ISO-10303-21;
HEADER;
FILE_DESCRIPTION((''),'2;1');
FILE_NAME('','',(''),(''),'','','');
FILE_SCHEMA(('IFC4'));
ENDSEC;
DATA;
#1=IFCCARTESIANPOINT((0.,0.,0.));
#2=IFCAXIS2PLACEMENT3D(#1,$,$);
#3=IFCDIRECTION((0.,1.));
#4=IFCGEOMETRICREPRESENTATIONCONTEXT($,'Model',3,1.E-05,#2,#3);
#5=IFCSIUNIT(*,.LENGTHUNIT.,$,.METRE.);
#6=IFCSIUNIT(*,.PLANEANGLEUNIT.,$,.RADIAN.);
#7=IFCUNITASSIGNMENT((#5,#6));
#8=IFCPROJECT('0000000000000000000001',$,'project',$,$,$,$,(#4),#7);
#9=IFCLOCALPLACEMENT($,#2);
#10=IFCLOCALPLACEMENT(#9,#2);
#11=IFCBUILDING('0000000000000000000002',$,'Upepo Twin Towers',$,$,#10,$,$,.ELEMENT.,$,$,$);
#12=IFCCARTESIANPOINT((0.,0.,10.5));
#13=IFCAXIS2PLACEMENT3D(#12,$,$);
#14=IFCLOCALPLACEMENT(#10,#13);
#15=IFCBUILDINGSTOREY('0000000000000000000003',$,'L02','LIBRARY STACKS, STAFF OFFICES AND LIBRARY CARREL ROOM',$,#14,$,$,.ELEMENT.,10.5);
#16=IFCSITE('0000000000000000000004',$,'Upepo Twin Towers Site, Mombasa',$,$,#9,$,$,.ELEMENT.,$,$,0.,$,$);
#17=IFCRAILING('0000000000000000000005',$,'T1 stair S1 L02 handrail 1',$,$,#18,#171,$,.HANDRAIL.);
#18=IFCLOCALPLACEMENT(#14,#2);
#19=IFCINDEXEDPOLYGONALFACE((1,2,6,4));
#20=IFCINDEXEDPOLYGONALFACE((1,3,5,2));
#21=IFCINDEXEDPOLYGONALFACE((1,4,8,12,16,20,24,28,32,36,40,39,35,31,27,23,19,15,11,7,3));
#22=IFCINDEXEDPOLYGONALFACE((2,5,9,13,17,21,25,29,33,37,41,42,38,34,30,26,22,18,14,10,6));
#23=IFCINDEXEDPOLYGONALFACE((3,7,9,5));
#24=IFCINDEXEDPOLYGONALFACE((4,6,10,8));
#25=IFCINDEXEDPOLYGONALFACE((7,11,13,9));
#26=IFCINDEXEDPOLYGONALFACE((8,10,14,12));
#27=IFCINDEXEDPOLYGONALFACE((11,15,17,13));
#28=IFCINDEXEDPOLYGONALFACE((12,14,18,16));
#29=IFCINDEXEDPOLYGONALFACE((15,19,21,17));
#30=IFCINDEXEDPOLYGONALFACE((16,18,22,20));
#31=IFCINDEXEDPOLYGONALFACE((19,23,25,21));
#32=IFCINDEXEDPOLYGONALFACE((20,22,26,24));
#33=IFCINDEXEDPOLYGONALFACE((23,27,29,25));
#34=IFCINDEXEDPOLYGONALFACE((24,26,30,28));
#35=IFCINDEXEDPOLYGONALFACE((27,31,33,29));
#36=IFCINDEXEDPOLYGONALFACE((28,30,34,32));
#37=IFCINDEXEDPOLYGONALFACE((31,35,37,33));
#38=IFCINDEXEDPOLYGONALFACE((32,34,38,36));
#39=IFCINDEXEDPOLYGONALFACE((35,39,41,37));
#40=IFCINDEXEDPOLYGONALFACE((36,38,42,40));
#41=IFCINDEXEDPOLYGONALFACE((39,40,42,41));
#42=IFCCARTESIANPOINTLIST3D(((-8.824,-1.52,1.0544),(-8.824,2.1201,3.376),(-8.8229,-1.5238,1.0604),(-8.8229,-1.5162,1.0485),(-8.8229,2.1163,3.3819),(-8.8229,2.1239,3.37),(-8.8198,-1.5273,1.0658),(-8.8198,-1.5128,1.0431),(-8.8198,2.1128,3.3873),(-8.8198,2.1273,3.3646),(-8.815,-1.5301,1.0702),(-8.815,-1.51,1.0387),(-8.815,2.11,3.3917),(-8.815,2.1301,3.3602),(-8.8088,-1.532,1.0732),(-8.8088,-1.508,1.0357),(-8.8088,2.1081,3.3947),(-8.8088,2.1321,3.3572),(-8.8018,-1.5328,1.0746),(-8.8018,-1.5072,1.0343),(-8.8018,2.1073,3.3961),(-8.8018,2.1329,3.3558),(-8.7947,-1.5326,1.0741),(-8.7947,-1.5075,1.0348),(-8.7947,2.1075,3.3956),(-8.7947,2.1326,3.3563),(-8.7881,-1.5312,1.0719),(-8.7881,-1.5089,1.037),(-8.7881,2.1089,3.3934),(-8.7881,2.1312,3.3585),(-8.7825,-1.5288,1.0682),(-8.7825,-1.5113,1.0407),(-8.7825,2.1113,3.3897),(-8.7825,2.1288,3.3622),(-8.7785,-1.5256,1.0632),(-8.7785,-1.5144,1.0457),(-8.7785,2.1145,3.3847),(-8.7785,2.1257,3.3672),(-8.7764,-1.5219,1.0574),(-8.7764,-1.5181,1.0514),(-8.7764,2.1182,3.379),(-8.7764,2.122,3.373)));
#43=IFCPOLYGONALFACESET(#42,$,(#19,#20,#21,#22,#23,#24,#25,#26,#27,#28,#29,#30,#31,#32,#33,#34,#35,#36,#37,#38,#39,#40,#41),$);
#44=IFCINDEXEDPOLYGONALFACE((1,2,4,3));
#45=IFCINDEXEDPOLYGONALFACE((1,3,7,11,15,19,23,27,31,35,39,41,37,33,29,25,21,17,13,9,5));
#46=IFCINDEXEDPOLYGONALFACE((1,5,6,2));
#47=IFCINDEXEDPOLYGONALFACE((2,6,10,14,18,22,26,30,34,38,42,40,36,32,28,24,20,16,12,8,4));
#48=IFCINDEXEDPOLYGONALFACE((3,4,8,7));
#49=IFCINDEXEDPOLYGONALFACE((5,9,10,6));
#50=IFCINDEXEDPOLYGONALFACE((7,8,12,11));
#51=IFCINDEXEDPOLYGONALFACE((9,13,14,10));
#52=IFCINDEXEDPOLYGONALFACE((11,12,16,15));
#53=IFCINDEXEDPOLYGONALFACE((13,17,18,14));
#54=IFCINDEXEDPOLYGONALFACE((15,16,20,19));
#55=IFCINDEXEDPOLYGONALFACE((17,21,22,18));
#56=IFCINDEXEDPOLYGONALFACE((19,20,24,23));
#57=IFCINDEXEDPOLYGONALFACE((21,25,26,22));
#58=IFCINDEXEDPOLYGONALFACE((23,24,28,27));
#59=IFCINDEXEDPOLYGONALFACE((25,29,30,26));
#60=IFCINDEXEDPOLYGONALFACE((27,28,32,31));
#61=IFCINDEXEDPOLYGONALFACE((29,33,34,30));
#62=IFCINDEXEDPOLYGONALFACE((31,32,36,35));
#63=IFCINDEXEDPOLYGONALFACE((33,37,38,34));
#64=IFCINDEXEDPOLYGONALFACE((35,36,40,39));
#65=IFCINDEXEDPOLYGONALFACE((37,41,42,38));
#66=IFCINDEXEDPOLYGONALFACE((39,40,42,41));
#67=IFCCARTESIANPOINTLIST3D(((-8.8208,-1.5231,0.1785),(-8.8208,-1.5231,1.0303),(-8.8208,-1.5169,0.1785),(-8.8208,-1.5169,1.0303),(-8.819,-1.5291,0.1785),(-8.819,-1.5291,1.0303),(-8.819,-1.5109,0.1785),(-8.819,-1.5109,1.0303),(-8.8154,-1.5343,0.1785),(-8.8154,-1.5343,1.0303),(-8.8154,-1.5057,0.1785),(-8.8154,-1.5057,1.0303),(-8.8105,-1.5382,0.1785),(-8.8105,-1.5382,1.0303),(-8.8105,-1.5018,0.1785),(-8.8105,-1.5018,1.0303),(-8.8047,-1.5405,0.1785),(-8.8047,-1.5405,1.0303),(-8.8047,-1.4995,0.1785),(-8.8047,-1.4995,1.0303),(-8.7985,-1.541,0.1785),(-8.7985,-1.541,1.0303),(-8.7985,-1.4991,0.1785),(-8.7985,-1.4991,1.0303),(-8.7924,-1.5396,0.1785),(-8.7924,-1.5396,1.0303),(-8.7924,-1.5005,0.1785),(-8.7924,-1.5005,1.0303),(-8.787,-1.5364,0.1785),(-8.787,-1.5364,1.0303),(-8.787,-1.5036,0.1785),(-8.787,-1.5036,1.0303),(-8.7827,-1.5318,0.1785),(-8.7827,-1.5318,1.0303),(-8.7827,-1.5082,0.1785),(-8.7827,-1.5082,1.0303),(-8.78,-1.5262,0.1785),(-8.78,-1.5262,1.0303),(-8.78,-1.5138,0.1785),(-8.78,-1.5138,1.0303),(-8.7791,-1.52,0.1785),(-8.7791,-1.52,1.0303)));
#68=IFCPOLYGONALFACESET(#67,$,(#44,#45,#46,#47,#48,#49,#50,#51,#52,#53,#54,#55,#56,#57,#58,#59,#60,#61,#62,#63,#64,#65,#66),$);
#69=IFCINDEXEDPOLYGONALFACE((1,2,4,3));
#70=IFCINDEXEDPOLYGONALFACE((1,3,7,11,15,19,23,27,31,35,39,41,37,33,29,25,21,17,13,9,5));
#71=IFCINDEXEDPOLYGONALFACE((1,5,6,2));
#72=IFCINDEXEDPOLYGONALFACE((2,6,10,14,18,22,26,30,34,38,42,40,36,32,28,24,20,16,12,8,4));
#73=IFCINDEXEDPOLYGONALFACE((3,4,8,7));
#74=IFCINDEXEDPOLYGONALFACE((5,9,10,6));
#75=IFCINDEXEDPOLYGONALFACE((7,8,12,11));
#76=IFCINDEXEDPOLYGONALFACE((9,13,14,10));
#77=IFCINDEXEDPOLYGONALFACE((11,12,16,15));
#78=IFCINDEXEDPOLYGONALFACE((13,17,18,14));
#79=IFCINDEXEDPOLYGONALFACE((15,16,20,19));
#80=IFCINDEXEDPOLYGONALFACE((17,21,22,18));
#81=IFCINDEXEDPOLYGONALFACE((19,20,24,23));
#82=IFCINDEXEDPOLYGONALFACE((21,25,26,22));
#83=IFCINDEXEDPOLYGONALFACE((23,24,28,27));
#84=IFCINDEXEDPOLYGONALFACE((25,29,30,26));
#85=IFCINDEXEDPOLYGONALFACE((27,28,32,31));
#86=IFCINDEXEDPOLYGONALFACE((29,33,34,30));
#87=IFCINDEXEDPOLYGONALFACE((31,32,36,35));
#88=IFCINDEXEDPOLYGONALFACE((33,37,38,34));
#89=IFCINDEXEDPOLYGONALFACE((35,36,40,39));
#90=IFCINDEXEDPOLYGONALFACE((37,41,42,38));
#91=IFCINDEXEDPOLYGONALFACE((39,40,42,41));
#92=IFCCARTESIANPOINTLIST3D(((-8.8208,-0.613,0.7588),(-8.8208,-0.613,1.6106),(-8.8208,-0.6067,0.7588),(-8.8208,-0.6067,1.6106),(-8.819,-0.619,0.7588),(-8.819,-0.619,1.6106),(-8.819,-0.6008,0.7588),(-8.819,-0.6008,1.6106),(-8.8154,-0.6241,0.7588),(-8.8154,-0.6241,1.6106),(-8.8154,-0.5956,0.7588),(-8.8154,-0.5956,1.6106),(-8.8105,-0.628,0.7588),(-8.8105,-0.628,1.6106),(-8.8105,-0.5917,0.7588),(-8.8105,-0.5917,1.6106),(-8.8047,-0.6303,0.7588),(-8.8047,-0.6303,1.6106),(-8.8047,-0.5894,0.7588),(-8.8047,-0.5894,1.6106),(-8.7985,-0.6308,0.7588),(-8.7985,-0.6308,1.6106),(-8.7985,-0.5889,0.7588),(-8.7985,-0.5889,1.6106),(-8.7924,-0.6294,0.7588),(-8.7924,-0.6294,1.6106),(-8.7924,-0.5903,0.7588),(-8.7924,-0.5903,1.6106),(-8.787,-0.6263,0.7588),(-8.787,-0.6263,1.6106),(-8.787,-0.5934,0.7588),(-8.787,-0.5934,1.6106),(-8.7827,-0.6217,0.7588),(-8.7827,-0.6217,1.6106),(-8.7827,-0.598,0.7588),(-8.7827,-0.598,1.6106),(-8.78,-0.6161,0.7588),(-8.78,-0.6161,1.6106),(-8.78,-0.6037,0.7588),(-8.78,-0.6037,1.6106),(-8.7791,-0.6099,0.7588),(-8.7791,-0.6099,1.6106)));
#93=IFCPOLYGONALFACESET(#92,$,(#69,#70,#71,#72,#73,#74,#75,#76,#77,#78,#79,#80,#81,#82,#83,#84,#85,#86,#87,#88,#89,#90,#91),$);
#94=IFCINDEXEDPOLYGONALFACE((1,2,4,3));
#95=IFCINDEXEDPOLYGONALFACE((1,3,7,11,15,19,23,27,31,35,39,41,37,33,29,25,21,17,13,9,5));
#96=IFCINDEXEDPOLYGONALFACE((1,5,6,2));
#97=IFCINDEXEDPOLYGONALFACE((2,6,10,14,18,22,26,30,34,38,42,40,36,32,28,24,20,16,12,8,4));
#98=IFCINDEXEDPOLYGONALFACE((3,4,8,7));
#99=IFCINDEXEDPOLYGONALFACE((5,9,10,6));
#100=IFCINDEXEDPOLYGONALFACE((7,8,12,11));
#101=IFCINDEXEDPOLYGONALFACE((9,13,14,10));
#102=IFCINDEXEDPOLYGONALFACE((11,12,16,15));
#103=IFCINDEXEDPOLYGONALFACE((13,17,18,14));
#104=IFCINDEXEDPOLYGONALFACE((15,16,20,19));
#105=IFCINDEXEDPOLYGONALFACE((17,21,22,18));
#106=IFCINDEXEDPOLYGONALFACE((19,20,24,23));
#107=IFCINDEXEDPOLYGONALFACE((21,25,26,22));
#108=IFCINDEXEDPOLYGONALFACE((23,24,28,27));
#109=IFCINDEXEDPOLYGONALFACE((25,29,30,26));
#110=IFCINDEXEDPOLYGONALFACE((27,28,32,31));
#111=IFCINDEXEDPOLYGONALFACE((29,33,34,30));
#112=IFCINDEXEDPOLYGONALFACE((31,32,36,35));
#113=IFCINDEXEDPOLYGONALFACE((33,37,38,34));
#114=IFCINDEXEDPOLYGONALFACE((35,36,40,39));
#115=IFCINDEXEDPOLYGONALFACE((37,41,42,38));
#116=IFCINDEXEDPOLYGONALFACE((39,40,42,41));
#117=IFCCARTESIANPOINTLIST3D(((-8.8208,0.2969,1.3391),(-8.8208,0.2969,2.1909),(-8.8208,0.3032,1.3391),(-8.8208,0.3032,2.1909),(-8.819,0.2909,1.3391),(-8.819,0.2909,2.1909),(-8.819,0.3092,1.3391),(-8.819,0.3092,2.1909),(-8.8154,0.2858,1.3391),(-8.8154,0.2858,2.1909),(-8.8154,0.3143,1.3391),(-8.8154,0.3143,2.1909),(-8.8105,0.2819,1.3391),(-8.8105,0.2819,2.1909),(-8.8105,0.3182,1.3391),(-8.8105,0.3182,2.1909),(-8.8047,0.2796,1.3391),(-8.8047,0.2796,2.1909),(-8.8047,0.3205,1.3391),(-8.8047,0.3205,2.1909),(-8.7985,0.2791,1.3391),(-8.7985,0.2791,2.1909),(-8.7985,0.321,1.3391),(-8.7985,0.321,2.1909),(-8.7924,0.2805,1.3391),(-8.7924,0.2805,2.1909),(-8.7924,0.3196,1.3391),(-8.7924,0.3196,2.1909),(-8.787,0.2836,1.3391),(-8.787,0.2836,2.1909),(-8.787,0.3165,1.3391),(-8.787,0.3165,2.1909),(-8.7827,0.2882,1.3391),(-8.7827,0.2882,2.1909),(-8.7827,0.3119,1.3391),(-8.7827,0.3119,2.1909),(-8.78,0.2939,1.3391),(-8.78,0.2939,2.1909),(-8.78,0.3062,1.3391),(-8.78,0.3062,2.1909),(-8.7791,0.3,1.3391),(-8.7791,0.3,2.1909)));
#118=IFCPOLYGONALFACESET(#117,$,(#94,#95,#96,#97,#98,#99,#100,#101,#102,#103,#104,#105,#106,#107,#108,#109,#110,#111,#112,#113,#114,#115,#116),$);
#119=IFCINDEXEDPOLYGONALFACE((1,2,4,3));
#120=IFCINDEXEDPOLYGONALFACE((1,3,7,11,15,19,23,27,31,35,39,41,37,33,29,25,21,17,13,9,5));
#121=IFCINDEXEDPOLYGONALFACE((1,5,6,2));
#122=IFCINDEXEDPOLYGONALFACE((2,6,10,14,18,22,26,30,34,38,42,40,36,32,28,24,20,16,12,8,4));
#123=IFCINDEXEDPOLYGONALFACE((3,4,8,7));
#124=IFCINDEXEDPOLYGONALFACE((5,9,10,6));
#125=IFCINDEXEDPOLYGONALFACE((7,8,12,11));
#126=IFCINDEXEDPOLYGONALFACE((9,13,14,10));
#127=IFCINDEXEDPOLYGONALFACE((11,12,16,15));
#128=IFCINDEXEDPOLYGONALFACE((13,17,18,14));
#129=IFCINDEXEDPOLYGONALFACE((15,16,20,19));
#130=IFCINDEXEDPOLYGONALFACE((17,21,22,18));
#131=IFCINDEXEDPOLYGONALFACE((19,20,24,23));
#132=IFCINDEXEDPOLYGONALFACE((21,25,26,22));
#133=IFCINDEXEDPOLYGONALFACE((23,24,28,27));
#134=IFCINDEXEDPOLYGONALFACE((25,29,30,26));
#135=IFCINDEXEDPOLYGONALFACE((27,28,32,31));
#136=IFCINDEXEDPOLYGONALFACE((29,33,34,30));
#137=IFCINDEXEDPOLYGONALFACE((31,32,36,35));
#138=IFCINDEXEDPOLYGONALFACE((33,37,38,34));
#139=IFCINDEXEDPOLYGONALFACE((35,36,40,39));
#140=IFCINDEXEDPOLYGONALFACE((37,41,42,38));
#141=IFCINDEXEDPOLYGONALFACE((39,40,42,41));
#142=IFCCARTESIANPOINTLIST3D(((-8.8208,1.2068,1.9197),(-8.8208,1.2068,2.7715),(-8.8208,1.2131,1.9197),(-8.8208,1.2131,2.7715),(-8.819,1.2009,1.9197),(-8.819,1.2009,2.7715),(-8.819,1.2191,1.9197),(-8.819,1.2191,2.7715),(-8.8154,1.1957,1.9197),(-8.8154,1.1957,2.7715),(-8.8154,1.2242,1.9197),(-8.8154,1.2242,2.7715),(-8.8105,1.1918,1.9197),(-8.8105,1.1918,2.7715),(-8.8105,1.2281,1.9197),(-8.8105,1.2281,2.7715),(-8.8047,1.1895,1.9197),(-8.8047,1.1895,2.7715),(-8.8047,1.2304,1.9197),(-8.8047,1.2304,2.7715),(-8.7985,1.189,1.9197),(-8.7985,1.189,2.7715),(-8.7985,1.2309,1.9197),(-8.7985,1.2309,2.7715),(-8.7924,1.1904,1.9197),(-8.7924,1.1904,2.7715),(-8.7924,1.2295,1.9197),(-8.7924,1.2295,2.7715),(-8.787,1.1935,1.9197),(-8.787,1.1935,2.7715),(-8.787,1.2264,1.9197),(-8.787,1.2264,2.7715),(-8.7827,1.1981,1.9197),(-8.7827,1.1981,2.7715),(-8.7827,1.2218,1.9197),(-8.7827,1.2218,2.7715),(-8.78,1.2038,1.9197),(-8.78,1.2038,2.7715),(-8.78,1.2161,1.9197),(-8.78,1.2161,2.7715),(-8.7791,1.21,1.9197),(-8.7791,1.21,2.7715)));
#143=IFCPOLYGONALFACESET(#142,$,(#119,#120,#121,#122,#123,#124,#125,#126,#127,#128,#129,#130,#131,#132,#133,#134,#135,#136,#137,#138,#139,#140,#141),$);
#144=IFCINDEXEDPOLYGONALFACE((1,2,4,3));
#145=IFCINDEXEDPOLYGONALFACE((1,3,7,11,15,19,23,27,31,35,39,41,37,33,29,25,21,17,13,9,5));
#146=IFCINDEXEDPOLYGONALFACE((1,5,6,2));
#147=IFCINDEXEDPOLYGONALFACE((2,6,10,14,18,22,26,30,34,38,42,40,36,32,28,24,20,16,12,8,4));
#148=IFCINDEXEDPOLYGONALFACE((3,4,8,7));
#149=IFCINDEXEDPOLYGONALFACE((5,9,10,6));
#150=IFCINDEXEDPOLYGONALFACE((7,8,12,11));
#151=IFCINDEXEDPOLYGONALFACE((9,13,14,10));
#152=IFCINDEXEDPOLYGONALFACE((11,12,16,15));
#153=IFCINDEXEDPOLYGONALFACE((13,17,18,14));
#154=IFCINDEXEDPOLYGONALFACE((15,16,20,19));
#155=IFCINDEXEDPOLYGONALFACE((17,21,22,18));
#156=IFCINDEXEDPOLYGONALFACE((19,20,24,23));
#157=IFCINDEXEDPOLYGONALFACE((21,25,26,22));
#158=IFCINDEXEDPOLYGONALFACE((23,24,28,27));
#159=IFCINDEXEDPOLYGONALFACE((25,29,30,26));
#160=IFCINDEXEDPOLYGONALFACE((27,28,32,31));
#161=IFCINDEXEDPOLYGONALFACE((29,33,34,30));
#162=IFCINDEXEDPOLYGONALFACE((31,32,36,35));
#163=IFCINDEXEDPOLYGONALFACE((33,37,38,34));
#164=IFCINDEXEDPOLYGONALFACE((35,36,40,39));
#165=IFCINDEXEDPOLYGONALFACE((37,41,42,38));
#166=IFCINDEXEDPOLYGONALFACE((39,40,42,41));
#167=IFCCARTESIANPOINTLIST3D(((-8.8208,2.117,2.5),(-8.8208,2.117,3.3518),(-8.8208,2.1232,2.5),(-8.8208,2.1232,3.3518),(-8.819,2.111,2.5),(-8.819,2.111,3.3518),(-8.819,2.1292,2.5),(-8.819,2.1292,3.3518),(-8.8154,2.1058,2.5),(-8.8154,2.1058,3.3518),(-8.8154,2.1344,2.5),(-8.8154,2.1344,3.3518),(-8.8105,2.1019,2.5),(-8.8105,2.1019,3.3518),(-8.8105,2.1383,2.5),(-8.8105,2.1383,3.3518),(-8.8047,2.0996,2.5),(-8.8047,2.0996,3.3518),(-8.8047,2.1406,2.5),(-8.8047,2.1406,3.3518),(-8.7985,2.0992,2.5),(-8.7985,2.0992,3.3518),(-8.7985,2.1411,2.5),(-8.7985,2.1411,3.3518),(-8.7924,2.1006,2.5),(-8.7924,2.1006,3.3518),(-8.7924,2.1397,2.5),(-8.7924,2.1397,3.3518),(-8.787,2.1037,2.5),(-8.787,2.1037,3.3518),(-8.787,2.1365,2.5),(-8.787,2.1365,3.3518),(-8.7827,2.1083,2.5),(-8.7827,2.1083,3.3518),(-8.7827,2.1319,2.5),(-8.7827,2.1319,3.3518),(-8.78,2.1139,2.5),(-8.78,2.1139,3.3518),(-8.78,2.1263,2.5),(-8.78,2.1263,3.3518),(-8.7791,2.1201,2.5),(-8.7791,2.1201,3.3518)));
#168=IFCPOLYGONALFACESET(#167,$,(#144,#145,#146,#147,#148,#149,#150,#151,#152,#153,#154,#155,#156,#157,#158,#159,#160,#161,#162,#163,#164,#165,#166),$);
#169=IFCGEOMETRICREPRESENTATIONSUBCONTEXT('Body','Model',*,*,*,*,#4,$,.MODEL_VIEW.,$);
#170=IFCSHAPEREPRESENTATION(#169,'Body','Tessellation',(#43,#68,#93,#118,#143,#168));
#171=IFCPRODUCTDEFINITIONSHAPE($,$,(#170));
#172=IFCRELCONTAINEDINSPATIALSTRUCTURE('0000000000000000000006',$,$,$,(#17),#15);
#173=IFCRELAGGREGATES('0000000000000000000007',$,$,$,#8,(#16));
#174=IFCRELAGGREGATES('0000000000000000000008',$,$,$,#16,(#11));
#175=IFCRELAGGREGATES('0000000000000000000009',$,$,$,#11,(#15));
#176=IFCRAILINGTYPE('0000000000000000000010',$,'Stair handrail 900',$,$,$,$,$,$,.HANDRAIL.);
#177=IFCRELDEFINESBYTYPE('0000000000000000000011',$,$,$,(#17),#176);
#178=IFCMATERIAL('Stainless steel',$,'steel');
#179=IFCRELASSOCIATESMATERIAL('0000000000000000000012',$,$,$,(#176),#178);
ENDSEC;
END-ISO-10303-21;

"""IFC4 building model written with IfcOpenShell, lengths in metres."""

from ifc_helpers import new_model, si_unit, direction, frame, origin, origin_2d, place, context, subcontext, project, spatial, circle, extrude, material, type_object, element, save


model = new_model("IFC4")

# Units and contexts
model_context = context("Model", 3, precision=1e-05, world=origin(), true_north=direction((0.0, 1.0)))
body_context = subcontext(model_context, "Body", "Model", "MODEL_VIEW")
ifc_project = project(units=[si_unit("LENGTHUNIT", "METRE"), si_unit("PLANEANGLEUNIT", "RADIAN")], contexts=[model_context])

# Site, building, storey
site_placement = place(None, origin())
site = spatial("IfcSite", under=ifc_project, at=site_placement, Name="Upepo Twin Towers Site, Mombasa", CompositionType="ELEMENT", RefElevation=0.0)
building_placement = place(site_placement, origin())
building = spatial("IfcBuilding", under=site, at=building_placement, Name="Upepo Twin Towers", CompositionType="ELEMENT")
storey_placement = place(building_placement, frame((0.0, 0.0, 10.5)))
storey = spatial("IfcBuildingStorey", under=building, at=storey_placement, Name="L02", Description="LIBRARY STACKS, STAFF OFFICES AND LIBRARY CARREL ROOM", CompositionType="ELEMENT", Elevation=10.5)

# Railing
ifc_material_1 = material(Name="Stainless steel", Category="steel")
railing_type = type_object("IfcRailingType", Name="Stair handrail 900", PredefinedType="HANDRAIL", material=ifc_material_1)
railing_placement = place(storey_placement, frame((-8.8, -1.52, 0.1785)))
element("IfcRailing", 1, at=railing_placement, inside=storey, type_object=railing_type, Name="T1 stair S1 L02 handrail 1", PredefinedType="HANDRAIL", context=body_context, shape_type="SweptSolid", body=[
    extrude(circle(Radius=0.0239, at=origin_2d()), frame((0.0, 0.0, 0.876), z_axis=(0.0, 0.843128, 0.537713), x_axis=(-1.0, 0.0, 0.0)), (0.0, 0.0, 1.0), 4.3174),
    extrude(circle(Radius=0.021, at=origin_2d()), origin(), (0.0, 0.0, 1.0), 0.8518),
    extrude(circle(Radius=0.021, at=origin_2d()), frame((0.0, 0.9102, 0.5803)), (0.0, 0.0, 1.0), 0.8518),
    extrude(circle(Radius=0.021, at=origin_2d()), frame((0.0, 1.8201, 1.1606)), (0.0, 0.0, 1.0), 0.8518),
    extrude(circle(Radius=0.021, at=origin_2d()), frame((0.0, 2.73, 1.7412)), (0.0, 0.0, 1.0), 0.8518),
    extrude(circle(Radius=0.021, at=origin_2d()), frame((0.0, 3.6401, 2.3215)), (0.0, 0.0, 1.0), 0.8518),
])

save(model, "model.ifc")
